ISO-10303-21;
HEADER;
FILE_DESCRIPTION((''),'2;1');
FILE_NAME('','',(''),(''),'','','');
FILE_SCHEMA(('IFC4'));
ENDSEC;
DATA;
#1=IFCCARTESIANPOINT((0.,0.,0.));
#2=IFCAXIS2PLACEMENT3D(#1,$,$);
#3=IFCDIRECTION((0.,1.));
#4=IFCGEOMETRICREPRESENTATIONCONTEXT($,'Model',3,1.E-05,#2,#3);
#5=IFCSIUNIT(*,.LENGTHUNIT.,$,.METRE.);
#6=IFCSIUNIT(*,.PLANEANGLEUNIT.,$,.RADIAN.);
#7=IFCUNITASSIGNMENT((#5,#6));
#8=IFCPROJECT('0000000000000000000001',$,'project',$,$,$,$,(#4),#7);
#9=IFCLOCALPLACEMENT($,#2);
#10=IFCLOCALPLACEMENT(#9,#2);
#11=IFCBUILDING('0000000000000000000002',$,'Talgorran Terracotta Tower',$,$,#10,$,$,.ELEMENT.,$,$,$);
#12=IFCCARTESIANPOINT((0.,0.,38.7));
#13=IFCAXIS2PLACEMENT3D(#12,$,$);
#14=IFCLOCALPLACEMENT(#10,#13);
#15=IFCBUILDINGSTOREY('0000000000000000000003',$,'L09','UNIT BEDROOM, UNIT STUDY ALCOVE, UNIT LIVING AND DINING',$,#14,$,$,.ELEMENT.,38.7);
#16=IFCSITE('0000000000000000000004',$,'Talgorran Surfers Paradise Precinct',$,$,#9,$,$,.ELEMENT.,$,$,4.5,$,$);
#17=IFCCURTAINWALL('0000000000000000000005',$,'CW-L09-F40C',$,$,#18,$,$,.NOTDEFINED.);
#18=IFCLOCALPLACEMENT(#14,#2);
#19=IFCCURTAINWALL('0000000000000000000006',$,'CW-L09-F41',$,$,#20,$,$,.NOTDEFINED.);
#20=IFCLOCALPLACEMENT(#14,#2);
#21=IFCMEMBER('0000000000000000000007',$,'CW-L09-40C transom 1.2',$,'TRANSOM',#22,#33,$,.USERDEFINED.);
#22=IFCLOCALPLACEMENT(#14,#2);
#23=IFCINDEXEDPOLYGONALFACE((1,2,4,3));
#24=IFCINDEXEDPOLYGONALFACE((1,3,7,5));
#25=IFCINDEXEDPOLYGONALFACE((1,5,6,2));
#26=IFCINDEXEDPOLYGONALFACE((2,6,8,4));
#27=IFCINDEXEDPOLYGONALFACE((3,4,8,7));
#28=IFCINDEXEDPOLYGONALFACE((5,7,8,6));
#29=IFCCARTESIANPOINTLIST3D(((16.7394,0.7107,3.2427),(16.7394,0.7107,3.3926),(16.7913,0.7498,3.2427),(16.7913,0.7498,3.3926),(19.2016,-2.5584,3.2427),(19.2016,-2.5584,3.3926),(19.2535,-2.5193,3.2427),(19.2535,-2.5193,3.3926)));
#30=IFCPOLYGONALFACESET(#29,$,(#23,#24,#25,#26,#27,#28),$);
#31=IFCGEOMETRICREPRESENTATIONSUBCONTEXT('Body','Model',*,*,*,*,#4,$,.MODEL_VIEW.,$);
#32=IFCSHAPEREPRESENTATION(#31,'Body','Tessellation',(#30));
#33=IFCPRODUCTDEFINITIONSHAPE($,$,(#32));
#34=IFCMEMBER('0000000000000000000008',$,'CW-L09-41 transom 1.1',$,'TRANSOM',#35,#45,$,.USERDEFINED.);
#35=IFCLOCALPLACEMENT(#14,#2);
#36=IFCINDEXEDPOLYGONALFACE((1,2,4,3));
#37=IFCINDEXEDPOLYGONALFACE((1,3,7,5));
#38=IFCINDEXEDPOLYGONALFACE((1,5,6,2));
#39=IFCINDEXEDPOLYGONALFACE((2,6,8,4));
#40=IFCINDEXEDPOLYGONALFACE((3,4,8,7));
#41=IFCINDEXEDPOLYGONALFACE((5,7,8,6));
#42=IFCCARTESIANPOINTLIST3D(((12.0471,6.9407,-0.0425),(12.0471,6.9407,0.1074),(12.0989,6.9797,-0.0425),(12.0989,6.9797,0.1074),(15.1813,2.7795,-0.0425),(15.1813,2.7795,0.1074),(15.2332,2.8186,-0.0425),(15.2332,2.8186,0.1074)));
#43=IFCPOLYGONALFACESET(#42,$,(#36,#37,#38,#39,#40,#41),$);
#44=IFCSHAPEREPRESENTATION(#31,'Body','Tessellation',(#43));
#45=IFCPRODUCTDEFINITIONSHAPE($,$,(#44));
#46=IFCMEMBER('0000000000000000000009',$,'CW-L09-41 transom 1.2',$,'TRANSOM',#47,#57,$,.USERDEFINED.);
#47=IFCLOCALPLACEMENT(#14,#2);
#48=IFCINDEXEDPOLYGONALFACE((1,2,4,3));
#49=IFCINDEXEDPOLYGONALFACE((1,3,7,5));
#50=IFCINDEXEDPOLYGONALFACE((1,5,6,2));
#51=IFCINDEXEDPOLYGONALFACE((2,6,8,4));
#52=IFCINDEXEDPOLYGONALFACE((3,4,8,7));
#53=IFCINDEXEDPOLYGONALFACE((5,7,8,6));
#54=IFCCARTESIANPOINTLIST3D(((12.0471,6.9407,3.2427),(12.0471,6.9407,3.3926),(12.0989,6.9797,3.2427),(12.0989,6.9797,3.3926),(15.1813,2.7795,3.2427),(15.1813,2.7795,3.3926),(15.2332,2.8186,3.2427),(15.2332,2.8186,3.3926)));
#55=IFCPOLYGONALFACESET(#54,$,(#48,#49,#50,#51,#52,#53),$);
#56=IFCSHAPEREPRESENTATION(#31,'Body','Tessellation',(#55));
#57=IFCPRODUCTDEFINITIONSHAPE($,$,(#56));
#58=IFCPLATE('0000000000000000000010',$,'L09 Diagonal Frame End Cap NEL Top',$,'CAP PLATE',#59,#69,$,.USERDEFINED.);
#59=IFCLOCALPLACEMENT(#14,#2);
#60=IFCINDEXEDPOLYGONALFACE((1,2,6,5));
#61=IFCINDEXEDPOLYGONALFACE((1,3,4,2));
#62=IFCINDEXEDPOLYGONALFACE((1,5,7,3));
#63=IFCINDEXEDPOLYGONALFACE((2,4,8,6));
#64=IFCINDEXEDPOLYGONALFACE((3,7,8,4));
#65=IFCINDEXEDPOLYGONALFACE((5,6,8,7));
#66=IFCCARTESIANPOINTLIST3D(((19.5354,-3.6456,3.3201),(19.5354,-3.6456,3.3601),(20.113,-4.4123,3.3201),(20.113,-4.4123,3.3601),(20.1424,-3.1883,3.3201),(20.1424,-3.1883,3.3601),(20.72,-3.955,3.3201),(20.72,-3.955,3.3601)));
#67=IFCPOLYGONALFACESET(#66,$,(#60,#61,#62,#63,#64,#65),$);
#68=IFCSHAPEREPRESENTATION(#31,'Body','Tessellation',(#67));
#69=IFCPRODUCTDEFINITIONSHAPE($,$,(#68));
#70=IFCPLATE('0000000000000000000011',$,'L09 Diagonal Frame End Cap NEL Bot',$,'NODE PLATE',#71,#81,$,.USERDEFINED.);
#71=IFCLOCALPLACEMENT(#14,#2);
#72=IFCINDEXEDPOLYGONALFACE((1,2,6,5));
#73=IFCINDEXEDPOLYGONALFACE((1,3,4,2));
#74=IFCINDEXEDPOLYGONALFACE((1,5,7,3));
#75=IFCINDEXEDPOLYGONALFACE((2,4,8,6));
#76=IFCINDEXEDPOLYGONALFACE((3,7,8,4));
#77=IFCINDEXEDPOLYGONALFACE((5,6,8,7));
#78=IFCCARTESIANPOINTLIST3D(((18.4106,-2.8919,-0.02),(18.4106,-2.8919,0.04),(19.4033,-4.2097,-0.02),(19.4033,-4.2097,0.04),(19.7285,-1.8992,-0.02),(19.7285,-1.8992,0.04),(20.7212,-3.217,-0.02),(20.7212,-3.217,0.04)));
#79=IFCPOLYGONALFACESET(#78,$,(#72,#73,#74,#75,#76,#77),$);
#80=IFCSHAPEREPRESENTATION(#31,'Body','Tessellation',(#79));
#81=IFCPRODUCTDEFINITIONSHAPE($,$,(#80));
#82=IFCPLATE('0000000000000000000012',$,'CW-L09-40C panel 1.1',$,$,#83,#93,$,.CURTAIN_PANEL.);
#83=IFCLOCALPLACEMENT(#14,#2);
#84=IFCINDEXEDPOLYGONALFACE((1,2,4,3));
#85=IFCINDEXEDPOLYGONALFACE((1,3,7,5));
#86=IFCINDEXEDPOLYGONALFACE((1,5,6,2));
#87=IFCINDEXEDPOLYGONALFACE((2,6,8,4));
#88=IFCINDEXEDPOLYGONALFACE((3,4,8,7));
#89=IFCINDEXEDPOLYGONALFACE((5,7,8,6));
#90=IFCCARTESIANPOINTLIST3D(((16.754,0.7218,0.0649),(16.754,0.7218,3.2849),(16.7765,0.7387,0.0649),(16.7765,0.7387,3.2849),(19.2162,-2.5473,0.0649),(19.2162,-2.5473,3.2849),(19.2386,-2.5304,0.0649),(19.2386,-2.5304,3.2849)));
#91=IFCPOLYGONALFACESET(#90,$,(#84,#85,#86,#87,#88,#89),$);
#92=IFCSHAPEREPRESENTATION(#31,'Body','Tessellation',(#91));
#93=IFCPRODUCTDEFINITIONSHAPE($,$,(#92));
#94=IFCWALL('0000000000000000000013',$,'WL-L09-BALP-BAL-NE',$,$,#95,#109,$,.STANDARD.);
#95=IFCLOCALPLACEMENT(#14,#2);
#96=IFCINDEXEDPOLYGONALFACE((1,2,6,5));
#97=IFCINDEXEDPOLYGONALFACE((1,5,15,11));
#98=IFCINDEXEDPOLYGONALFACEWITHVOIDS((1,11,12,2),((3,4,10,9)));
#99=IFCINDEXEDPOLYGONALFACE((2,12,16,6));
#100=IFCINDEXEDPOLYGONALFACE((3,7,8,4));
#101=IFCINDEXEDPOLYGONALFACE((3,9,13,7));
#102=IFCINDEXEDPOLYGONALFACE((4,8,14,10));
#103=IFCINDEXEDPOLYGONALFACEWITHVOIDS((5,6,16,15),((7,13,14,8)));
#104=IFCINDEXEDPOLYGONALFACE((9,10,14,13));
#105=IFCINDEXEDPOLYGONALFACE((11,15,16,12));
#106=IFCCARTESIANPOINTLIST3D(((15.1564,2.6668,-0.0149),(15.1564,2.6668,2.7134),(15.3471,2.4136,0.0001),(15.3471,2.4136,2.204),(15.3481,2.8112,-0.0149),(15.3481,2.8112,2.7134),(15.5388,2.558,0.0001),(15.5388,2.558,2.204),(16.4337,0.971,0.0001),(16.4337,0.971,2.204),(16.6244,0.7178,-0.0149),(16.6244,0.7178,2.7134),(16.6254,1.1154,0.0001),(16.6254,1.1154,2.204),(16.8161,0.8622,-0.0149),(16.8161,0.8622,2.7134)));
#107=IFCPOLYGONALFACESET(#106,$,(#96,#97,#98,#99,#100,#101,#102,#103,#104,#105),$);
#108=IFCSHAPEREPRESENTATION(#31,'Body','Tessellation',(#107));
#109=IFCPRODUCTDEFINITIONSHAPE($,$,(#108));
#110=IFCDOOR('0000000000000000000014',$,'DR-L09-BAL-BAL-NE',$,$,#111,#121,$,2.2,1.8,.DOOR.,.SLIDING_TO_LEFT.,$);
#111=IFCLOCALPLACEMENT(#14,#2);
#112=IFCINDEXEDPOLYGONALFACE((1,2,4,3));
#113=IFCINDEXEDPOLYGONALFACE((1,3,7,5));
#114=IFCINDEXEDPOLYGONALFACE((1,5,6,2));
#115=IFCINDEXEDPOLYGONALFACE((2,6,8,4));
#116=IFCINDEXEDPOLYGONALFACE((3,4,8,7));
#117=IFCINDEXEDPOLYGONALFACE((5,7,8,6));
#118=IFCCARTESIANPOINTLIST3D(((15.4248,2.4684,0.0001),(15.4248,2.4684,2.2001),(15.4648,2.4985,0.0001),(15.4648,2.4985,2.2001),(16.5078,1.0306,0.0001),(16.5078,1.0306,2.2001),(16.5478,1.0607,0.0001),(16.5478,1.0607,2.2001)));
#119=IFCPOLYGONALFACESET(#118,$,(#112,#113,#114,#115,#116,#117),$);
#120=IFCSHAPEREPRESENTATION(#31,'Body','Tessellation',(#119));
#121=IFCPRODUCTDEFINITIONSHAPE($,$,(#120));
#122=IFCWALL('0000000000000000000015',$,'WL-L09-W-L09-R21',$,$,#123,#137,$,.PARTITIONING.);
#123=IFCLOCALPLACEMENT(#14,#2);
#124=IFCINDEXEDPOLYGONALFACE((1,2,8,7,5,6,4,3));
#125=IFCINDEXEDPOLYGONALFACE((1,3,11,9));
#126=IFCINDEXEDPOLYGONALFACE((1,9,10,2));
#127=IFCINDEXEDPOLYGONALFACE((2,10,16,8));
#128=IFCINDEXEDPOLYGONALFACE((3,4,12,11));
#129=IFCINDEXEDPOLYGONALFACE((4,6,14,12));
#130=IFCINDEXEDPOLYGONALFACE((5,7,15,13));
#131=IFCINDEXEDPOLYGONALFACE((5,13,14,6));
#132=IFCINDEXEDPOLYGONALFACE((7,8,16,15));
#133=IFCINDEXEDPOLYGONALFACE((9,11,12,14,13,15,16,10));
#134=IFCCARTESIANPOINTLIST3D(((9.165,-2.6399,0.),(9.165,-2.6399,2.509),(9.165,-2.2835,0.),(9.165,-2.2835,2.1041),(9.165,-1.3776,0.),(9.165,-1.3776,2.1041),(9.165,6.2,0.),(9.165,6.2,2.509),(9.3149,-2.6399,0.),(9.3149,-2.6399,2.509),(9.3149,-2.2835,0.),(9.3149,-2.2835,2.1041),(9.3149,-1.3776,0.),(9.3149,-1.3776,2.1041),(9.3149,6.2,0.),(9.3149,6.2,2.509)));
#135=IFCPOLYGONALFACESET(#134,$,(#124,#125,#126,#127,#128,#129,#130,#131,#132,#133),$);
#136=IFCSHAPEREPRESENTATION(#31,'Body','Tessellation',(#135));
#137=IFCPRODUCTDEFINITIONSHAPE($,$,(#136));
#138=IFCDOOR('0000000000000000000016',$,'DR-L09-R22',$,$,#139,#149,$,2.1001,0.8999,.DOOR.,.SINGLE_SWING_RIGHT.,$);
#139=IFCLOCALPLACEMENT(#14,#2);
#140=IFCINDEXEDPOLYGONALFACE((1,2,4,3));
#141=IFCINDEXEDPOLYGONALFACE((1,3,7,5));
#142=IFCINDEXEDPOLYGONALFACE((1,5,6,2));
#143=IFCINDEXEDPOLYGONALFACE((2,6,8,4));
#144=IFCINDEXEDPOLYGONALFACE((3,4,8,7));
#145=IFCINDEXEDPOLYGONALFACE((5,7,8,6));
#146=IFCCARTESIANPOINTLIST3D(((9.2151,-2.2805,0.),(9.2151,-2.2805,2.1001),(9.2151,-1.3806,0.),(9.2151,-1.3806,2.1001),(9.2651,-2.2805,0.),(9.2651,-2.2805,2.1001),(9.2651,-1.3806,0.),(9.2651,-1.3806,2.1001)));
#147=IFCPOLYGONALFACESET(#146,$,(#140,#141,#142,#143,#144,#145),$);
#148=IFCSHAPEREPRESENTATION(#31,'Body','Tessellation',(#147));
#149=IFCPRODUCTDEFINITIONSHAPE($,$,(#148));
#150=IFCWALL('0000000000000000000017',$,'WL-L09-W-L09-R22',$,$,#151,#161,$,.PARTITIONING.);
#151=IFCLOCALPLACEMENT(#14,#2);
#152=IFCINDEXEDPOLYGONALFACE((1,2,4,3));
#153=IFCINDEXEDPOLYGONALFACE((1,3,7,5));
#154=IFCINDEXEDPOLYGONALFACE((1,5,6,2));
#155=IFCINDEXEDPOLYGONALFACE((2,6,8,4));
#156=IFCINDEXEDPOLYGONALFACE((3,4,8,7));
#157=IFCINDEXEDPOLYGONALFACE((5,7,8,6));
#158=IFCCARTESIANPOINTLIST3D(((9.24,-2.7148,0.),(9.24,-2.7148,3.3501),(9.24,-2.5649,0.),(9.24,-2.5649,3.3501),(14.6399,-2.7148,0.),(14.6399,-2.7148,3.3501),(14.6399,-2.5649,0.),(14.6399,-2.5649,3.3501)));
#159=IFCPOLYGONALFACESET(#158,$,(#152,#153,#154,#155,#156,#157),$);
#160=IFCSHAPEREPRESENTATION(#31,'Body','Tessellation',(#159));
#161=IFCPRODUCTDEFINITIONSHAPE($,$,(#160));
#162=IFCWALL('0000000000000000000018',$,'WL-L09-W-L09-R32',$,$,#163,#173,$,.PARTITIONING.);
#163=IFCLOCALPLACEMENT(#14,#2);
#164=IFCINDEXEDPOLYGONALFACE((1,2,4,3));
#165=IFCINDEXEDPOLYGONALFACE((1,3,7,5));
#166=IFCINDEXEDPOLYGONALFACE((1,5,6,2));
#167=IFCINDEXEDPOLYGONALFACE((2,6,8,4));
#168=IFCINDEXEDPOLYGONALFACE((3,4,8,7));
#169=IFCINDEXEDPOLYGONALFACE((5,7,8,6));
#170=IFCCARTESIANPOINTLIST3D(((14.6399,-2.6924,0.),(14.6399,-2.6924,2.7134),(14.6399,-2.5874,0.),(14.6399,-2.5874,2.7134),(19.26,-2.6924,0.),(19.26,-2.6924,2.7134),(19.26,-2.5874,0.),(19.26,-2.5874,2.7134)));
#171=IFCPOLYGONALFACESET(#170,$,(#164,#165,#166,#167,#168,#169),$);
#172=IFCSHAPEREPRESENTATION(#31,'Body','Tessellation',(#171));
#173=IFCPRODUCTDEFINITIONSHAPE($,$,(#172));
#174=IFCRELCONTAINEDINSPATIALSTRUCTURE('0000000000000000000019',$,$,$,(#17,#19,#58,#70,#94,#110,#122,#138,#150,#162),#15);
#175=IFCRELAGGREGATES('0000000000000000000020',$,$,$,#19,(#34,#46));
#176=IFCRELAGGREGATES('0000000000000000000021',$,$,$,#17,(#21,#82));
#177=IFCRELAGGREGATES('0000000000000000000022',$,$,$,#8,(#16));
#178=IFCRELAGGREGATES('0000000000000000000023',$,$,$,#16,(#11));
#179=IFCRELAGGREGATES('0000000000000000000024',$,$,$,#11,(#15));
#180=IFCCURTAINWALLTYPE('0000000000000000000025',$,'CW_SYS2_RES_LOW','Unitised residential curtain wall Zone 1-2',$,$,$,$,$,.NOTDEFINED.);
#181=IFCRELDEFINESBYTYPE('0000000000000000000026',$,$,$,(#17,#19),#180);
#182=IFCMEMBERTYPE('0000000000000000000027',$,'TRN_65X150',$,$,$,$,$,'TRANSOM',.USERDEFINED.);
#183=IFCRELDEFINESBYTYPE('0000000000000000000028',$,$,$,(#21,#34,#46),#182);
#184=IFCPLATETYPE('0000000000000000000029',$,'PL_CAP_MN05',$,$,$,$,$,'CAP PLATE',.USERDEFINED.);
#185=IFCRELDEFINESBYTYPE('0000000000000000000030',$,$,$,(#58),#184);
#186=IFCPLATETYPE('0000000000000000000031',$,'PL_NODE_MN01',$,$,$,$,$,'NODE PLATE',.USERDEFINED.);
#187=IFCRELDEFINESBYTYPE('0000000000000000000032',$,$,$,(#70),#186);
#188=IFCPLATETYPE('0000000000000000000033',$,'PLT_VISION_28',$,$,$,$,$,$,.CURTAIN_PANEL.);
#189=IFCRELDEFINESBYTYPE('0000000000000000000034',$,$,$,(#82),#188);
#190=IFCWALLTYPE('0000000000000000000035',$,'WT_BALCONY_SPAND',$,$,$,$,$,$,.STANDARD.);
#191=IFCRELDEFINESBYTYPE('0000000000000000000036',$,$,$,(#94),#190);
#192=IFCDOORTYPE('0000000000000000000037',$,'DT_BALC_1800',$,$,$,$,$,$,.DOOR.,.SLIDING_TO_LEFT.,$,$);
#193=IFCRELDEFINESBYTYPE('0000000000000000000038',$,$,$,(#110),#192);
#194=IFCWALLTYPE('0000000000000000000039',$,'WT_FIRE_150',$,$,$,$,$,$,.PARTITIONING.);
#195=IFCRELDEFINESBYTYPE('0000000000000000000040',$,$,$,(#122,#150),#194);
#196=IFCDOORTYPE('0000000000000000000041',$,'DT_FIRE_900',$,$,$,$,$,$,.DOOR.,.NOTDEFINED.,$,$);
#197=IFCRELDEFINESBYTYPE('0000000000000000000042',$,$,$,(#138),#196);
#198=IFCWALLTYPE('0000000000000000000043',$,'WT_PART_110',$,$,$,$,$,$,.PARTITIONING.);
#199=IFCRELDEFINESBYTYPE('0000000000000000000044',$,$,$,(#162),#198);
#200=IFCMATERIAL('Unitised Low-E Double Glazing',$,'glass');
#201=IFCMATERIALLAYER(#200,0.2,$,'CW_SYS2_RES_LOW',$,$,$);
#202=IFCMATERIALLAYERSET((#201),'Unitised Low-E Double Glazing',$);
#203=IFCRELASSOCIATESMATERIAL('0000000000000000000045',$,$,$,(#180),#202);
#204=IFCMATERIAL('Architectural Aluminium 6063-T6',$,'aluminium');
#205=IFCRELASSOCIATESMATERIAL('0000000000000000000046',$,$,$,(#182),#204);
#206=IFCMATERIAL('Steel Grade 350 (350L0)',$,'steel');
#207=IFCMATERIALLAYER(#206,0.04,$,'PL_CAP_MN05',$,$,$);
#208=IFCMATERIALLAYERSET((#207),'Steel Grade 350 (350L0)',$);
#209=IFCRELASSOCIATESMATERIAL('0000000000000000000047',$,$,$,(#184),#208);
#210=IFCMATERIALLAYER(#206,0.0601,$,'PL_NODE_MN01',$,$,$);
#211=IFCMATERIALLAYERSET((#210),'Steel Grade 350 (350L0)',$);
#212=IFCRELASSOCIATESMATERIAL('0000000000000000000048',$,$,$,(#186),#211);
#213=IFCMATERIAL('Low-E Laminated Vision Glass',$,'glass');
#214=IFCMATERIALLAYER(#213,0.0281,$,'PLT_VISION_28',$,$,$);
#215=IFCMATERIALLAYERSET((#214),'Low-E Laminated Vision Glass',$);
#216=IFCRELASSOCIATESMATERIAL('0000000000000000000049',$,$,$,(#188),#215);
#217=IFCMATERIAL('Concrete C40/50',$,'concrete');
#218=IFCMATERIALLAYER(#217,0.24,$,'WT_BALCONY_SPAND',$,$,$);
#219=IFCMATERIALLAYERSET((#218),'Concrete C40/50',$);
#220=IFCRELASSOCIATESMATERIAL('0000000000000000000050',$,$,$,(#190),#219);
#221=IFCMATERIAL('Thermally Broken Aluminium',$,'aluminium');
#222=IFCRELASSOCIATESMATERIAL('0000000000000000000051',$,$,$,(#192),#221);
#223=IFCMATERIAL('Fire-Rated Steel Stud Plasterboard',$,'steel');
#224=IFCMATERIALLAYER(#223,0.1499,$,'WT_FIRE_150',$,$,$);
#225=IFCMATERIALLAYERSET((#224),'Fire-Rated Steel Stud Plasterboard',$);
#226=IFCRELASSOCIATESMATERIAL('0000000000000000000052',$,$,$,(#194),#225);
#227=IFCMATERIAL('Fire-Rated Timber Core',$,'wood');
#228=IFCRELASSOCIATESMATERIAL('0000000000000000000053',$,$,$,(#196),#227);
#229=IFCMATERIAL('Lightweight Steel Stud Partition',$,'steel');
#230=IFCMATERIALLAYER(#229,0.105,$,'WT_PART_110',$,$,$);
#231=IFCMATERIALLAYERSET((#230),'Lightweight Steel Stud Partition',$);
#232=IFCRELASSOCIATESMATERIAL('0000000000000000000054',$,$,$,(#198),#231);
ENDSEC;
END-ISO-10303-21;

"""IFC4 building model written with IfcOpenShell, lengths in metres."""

from ifc_helpers import new_model, si_unit, direction, frame, frame_2d, origin, origin_2d, place, context, subcontext, project, spatial, rectangle, extrude, source, transform, mapped, material, layer, layer_set, material_profile, profile_set, type_object, type_shapes, element, fill, aggregate, save


model = new_model("IFC4")

# Units and contexts
model_context = context("Model", 3, precision=1e-05, world=origin(), true_north=direction((0.0, 1.0)))
body_context = subcontext(model_context, "Body", "Model", "MODEL_VIEW")
ifc_project = project(units=[si_unit("LENGTHUNIT", "METRE"), si_unit("PLANEANGLEUNIT", "RADIAN")], contexts=[model_context])

# Site, building, storey
site_placement = place(None, origin())
site = spatial("IfcSite", under=ifc_project, at=site_placement, Name="Talgorran Surfers Paradise Precinct", CompositionType="ELEMENT", RefElevation=4.5)
building_placement = place(site_placement, origin())
building = spatial("IfcBuilding", under=site, at=building_placement, Name="Talgorran Terracotta Tower", CompositionType="ELEMENT")
storey_placement = place(building_placement, frame((0.0, 0.0, 38.7)))
storey = spatial("IfcBuildingStorey", under=building, at=storey_placement, Name="L09", Description="UNIT BEDROOM, UNIT STUDY ALCOVE, UNIT LIVING AND DINING", CompositionType="ELEMENT", Elevation=38.7)

# Shared definitions
ifc_material_1 = material(Name="Steel Grade 350 (350L0)", Category="steel")

# Shared definitions
ifc_material_2 = material(Name="Unitised Low-E Double Glazing", Category="glass")
ifc_layer_1 = layer(ifc_material_2, 0.2, Name="CW_SYS2_RES_LOW")
ifc_layer_set_1 = layer_set([ifc_layer_1], Name="Unitised Low-E Double Glazing")
curtain_wall_type = type_object("IfcCurtainWallType", Name="CW_SYS2_RES_LOW", Description="Unitised residential curtain wall Zone 1-2", PredefinedType="NOTDEFINED", material=ifc_layer_set_1)
ifc_material_3 = material(Name="Architectural Aluminium 6063-T6", Category="aluminium")

# Curtain wall
curtain_wall_1_placement = place(storey_placement, origin())
curtain_wall_1 = element("IfcCurtainWall", 1, at=curtain_wall_1_placement, inside=storey, type_object=curtain_wall_type, Name="CW-L09-F40C", PredefinedType="NOTDEFINED")

# Curtain wall
curtain_wall_2_placement = place(storey_placement, origin())
curtain_wall_2 = element("IfcCurtainWall", 2, at=curtain_wall_2_placement, inside=storey, type_object=curtain_wall_type, Name="CW-L09-F41", PredefinedType="NOTDEFINED")

# Members
ifc_material_profile_1 = material_profile(ifc_material_3, rectangle(XDim=0.0649, YDim=0.1499, at=origin_2d()), Name="CWT65X150")
ifc_profile_set_1 = profile_set([ifc_material_profile_1], Name="Architectural Aluminium 6063-T6")
member_type_1 = type_object("IfcMemberType", Name="TRN_65X150", ElementType="TRANSOM", PredefinedType="USERDEFINED", material=ifc_profile_set_1)
member_1_placement = place(storey_placement, frame((19.2275, -2.5388, 3.3176), z_axis=(-0.601621, 0.798781, 0.0), x_axis=(-0.798781, -0.601621, 0.0)))
member_1 = element("IfcMember", 3, at=member_1_placement, type_object=member_type_1, Name="CW-L09-40C transom 1.2", ObjectType="TRANSOM", PredefinedType="USERDEFINED", context=body_context, shape_type="SweptSolid", body=[
    extrude(rectangle(XDim=0.0649, YDim=0.1499, at=origin_2d()), origin(), (0.0, 0.0, 1.0), 4.0925),
])
member_2_placement = place(storey_placement, frame((15.2073, 2.7991, 0.0325), z_axis=(-0.601648, 0.798761, 0.0), x_axis=(-0.798761, -0.601648, 0.0)))
member_2 = element("IfcMember", 4, at=member_2_placement, type_object=member_type_1, Name="CW-L09-41 transom 1.1", ObjectType="TRANSOM", PredefinedType="USERDEFINED", context=body_context, shape_type="SweptSolid", body=[
    extrude(rectangle(XDim=0.0649, YDim=0.1499, at=origin_2d()), origin(), (0.0, 0.0, 1.0), 5.2095),
])
member_3_placement = place(storey_placement, frame((15.2073, 2.7991, 3.3176), z_axis=(-0.601648, 0.798761, 0.0), x_axis=(-0.798761, -0.601648, 0.0)))
member_3 = element("IfcMember", 5, at=member_3_placement, type_object=member_type_1, Name="CW-L09-41 transom 1.2", ObjectType="TRANSOM", PredefinedType="USERDEFINED", context=body_context, shape_type="SweptSolid", body=[
    extrude(rectangle(XDim=0.0649, YDim=0.1499, at=origin_2d()), origin(), (0.0, 0.0, 1.0), 5.2095),
])
aggregate(curtain_wall_2, [member_2, member_3])

# Plates
ifc_layer_2 = layer(ifc_material_1, 0.04, Name="PL_CAP_MN05")
ifc_layer_set_2 = layer_set([ifc_layer_2], Name="Steel Grade 350 (350L0)")
plate_type_1 = type_object("IfcPlateType", Name="PL_CAP_MN05", ElementType="CAP PLATE", PredefinedType="USERDEFINED", material=ifc_layer_set_2)
plate_1_placement = place(storey_placement, frame((20.1277, -3.8003, 3.3201), z_axis=(0.0, 0.0, 1.0), x_axis=(0.601676, -0.798741, 0.0)))
element("IfcPlate", 6, at=plate_1_placement, inside=storey, type_object=plate_type_1, Name="L09 Diagonal Frame End Cap NEL Top", ObjectType="CAP PLATE", PredefinedType="USERDEFINED", context=body_context, shape_type="SweptSolid", body=[
    extrude(rectangle(XDim=0.96, YDim=0.76, at=origin_2d()), origin(), (0.0, 0.0, 1.0), 0.04),
])
ifc_layer_3 = layer(ifc_material_1, 0.0601, Name="PL_NODE_MN01")
ifc_layer_set_3 = layer_set([ifc_layer_3], Name="Steel Grade 350 (350L0)")
plate_type_2 = type_object("IfcPlateType", Name="PL_NODE_MN01", ElementType="NODE PLATE", PredefinedType="USERDEFINED", material=ifc_layer_set_3)
plate_2_placement = place(storey_placement, frame((19.5659, -3.0544, -0.02), z_axis=(0.0, 0.0, 1.0), x_axis=(0.601676, -0.798741, 0.0)))
element("IfcPlate", 7, at=plate_2_placement, inside=storey, type_object=plate_type_2, Name="L09 Diagonal Frame End Cap NEL Bot", ObjectType="NODE PLATE", PredefinedType="USERDEFINED", context=body_context, shape_type="SweptSolid", body=[
    extrude(rectangle(XDim=1.6499, YDim=1.6499, at=origin_2d()), origin(), (0.0, 0.0, 1.0), 0.0601),
])

# Plate
ifc_material_4 = material(Name="Low-E Laminated Vision Glass", Category="glass")
ifc_layer_4 = layer(ifc_material_4, 0.0281, Name="PLT_VISION_28")
ifc_layer_set_4 = layer_set([ifc_layer_4], Name="Low-E Laminated Vision Glass")
plate_type_3 = type_object("IfcPlateType", Name="PLT_VISION_28", PredefinedType="CURTAIN_PANEL", material=ifc_layer_set_4)
shared_shape = source(origin(), body_context, "Body", "SweptSolid", [
    extrude(rectangle(XDim=4.0925, YDim=0.0281, at=origin_2d()), origin(), (0.0, 0.0, 1.0), 3.22),
])
type_shapes(plate_type_3, [shared_shape])
plate_3_placement = place(storey_placement, frame((17.9963, -0.9043, 0.0649), z_axis=(0.0, 0.0, 1.0), x_axis=(-0.601621, 0.798782, 0.0)))
plate_3 = element("IfcPlate", 8, at=plate_3_placement, type_object=plate_type_3, Name="CW-L09-40C panel 1.1", PredefinedType="CURTAIN_PANEL", context=body_context, shape_type="MappedRepresentation", body=[
    mapped(shared_shape, transform((0.0, 0.0, 0.0), scale=1.0)),
])
aggregate(curtain_wall_1, [member_1, plate_3])

# Walls, openings, doors
ifc_material_5 = material(Name="Concrete C40/50", Category="concrete")
ifc_layer_5 = layer(ifc_material_5, 0.24, Name="WT_BALCONY_SPAND")
ifc_layer_set_5 = layer_set([ifc_layer_5], Name="Concrete C40/50")
wall_type_1 = type_object("IfcWallType", Name="WT_BALCONY_SPAND", PredefinedType="STANDARD", material=ifc_layer_set_5)
wall_1_placement = place(storey_placement, frame((16.7202, 0.79, -0.0149), z_axis=(0.0, 0.0, 1.0), x_axis=(-0.601648, 0.798762, 0.0)))
wall_1 = element("IfcWall", 9, at=wall_1_placement, inside=storey, type_object=wall_type_1, Name="WL-L09-BALP-BAL-NE", PredefinedType="STANDARD", context=body_context, shape_type="SweptSolid", body=[
    extrude(rectangle(XDim=2.4399, YDim=0.24, at=frame_2d((1.22, 0.0))), origin(), (0.0, 0.0, 1.0), 2.7283),
])
opening_1_placement = place(wall_1_placement, frame((0.3201, 0.0, 0.0149)))
opening_1 = element("IfcOpeningElement", 10, at=opening_1_placement, cuts=wall_1, PredefinedType="OPENING", context=body_context, shape_type="SweptSolid", body=[
    extrude(rectangle(XDim=1.806, YDim=2.204, at=frame_2d((0.8999, 1.1021))), frame((0.0, 0.1299, 0.0), z_axis=(0.0, -1.0, 0.0), x_axis=(1.0, 0.0, 0.0)), (0.0, 0.0, 1.0), 0.26),
])
ifc_material_6 = material(Name="Thermally Broken Aluminium", Category="aluminium")
door_type_1 = type_object("IfcDoorType", Name="DT_BALC_1800", OperationType="SLIDING_TO_LEFT", PredefinedType="DOOR", material=ifc_material_6)
door_1_placement = place(opening_1_placement, origin())
door_1 = element("IfcDoor", 11, at=door_1_placement, inside=storey, type_object=door_type_1, Name="DR-L09-BAL-BAL-NE", OperationType="SLIDING_TO_LEFT", OverallHeight=2.2, OverallWidth=1.8, PredefinedType="DOOR", context=body_context, shape_type="SweptSolid", body=[
    extrude(rectangle(XDim=1.8, YDim=2.2, at=frame_2d((0.8999, 1.1001))), frame((0.0, 0.0249, 0.0), z_axis=(0.0, -1.0, 0.0), x_axis=(1.0, 0.0, 0.0)), (0.0, 0.0, 1.0), 0.05),
])
fill(opening_1, door_1)
ifc_material_7 = material(Name="Fire-Rated Steel Stud Plasterboard", Category="steel")
ifc_layer_6 = layer(ifc_material_7, 0.1499, Name="WT_FIRE_150")
ifc_layer_set_6 = layer_set([ifc_layer_6], Name="Fire-Rated Steel Stud Plasterboard")
wall_type_2 = type_object("IfcWallType", Name="WT_FIRE_150", PredefinedType="PARTITIONING", material=ifc_layer_set_6)
wall_2_placement = place(storey_placement, frame((9.24, -2.6399, 0.0), z_axis=(0.0, 0.0, 1.0), x_axis=(0.0, 1.0, 0.0)))
wall_2 = element("IfcWall", 12, at=wall_2_placement, inside=storey, type_object=wall_type_2, Name="WL-L09-W-L09-R21", PredefinedType="PARTITIONING", context=body_context, shape_type="SweptSolid", body=[
    extrude(rectangle(XDim=8.8398, YDim=0.1499, at=frame_2d((4.4199, 0.0))), origin(), (0.0, 0.0, 1.0), 2.509),
])
opening_2_placement = place(wall_2_placement, frame((0.3594, 0.0, 0.0)))
opening_2 = element("IfcOpeningElement", 13, at=opening_2_placement, cuts=wall_2, PredefinedType="OPENING", context=body_context, shape_type="SweptSolid", body=[
    extrude(rectangle(XDim=0.9059, YDim=2.1041, at=frame_2d((0.45, 1.052))), frame((0.0, 0.085, 0.0), z_axis=(0.0, -1.0, 0.0), x_axis=(1.0, 0.0, 0.0)), (0.0, 0.0, 1.0), 0.1699),
])
ifc_material_8 = material(Name="Fire-Rated Timber Core", Category="wood")
door_type_2 = type_object("IfcDoorType", Name="DT_FIRE_900", OperationType="NOTDEFINED", PredefinedType="DOOR", material=ifc_material_8)
door_2_placement = place(opening_2_placement, origin())
door_2 = element("IfcDoor", 14, at=door_2_placement, inside=storey, type_object=door_type_2, Name="DR-L09-R22", OperationType="SINGLE_SWING_RIGHT", OverallHeight=2.1001, OverallWidth=0.8999, PredefinedType="DOOR", context=body_context, shape_type="SweptSolid", body=[
    extrude(rectangle(XDim=0.8999, YDim=2.1001, at=frame_2d((0.45, 1.05))), frame((0.0, 0.0249, 0.0), z_axis=(0.0, -1.0, 0.0), x_axis=(1.0, 0.0, 0.0)), (0.0, 0.0, 1.0), 0.05),
])
fill(opening_2, door_2)

# Walls
wall_3_placement = place(storey_placement, frame((9.24, -2.6399, 0.0), z_axis=(0.0, 0.0, 1.0), x_axis=(1.0, 0.0, 0.0)))
element("IfcWall", 15, at=wall_3_placement, inside=storey, type_object=wall_type_2, Name="WL-L09-W-L09-R22", PredefinedType="PARTITIONING", context=body_context, shape_type="SweptSolid", body=[
    extrude(rectangle(XDim=5.3999, YDim=0.1499, at=frame_2d((2.7, 0.0))), origin(), (0.0, 0.0, 1.0), 3.3501),
])
ifc_material_9 = material(Name="Lightweight Steel Stud Partition", Category="steel")
ifc_layer_7 = layer(ifc_material_9, 0.105, Name="WT_PART_110")
ifc_layer_set_7 = layer_set([ifc_layer_7], Name="Lightweight Steel Stud Partition")
wall_type_3 = type_object("IfcWallType", Name="WT_PART_110", PredefinedType="PARTITIONING", material=ifc_layer_set_7)
wall_4_placement = place(storey_placement, frame((14.6399, -2.6399, 0.0), z_axis=(0.0, 0.0, 1.0), x_axis=(1.0, 0.0, 0.0)))
element("IfcWall", 16, at=wall_4_placement, inside=storey, type_object=wall_type_3, Name="WL-L09-W-L09-R32", PredefinedType="PARTITIONING", context=body_context, shape_type="SweptSolid", body=[
    extrude(rectangle(XDim=4.6201, YDim=0.105, at=frame_2d((2.3101, 0.0))), origin(), (0.0, 0.0, 1.0), 2.7134),
])

save(model, "model.ifc")
